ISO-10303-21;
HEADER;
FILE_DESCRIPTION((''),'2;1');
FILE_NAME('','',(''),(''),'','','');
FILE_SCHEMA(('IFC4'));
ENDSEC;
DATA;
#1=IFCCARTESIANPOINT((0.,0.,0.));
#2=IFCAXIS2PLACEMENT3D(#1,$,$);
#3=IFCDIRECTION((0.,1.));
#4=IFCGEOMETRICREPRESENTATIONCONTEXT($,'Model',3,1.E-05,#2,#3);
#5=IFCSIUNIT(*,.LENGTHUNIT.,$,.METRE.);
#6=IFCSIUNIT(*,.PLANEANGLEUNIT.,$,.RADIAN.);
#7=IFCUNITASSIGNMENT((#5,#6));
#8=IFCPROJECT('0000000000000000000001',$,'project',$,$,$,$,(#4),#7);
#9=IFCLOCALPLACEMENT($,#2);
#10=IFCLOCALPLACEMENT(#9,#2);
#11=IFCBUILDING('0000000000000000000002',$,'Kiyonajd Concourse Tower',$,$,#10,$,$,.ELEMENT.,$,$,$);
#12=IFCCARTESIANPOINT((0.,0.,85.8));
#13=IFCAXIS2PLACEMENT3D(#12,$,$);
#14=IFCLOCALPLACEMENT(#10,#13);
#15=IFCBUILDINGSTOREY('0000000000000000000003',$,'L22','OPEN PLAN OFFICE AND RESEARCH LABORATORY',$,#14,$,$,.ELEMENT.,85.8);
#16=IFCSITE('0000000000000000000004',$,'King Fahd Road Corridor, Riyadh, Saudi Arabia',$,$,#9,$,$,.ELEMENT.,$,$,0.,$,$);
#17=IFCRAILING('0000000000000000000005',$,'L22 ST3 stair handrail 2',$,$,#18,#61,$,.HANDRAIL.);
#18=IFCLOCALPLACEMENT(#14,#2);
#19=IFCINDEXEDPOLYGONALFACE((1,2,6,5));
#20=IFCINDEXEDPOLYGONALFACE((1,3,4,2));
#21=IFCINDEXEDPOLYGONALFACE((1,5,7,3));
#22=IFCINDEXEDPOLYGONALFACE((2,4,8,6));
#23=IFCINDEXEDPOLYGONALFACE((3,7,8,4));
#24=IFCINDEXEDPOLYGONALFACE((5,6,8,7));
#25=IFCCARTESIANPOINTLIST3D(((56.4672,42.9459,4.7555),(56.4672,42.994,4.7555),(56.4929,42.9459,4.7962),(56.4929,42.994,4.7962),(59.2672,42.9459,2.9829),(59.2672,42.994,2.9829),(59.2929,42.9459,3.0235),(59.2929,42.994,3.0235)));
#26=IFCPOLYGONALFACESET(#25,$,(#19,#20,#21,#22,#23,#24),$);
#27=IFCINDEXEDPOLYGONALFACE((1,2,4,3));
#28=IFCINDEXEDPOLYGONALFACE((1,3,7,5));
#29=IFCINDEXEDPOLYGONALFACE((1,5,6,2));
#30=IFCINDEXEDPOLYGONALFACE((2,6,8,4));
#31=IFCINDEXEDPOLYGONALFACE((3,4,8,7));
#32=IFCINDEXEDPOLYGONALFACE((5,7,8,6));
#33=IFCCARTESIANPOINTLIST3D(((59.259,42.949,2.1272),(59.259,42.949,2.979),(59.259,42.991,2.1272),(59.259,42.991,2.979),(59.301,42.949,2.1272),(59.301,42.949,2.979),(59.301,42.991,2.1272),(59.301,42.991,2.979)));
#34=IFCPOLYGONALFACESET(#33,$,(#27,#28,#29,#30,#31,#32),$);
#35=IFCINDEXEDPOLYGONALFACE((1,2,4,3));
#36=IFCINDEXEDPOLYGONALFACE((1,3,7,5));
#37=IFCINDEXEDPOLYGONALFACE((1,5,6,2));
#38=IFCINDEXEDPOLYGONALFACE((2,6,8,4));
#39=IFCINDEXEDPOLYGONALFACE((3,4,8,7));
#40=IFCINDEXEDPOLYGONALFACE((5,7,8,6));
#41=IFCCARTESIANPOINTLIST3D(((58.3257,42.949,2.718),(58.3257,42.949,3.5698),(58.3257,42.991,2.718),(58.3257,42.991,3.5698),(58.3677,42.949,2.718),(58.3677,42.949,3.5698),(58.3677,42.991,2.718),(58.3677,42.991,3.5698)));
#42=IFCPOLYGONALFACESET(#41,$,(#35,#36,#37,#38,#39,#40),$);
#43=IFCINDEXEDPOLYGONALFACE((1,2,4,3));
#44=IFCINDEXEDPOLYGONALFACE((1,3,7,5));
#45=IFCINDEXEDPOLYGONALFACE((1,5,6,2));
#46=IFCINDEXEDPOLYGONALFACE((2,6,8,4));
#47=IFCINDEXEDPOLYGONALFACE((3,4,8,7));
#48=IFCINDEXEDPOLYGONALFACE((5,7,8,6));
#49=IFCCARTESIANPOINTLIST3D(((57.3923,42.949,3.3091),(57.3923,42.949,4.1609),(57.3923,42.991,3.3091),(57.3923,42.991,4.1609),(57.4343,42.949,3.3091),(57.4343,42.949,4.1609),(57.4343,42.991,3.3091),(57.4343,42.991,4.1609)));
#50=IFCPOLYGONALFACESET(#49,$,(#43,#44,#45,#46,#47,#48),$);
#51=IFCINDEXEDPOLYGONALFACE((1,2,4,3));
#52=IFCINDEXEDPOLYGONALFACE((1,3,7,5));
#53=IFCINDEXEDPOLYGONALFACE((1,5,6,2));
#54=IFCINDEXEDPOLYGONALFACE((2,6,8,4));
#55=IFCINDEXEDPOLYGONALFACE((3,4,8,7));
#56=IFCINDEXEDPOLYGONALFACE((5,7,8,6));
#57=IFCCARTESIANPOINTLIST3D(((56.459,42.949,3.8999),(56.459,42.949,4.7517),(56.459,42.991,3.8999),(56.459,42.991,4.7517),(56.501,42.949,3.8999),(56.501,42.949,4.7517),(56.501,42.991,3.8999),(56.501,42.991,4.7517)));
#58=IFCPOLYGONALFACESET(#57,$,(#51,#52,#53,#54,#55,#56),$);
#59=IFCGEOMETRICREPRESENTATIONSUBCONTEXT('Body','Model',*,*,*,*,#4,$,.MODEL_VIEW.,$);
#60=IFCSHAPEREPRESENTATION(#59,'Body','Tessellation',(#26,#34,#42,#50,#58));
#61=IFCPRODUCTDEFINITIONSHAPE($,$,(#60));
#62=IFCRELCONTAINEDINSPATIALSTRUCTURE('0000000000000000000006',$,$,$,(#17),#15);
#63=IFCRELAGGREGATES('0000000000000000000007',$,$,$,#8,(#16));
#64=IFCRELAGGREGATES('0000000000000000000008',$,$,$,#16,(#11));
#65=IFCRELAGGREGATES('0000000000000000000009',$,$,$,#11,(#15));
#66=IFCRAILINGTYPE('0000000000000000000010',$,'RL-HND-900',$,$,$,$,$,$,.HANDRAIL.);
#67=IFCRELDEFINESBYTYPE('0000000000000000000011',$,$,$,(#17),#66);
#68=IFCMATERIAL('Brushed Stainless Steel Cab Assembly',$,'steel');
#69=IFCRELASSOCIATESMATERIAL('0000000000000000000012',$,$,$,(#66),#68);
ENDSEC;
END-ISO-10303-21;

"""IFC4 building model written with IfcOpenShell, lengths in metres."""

from ifc_helpers import new_model, si_unit, direction, frame, origin, origin_2d, place, context, subcontext, project, spatial, rectangle, extrude, material, type_object, element, save


model = new_model("IFC4")

# Units and contexts
model_context = context("Model", 3, precision=1e-05, world=origin(), true_north=direction((0.0, 1.0)))
body_context = subcontext(model_context, "Body", "Model", "MODEL_VIEW")
ifc_project = project(units=[si_unit("LENGTHUNIT", "METRE"), si_unit("PLANEANGLEUNIT", "RADIAN")], contexts=[model_context])

# Site, building, storey
site_placement = place(None, origin())
site = spatial("IfcSite", under=ifc_project, at=site_placement, Name="King Fahd Road Corridor, Riyadh, Saudi Arabia", CompositionType="ELEMENT", RefElevation=0.0)
building_placement = place(site_placement, origin())
building = spatial("IfcBuilding", under=site, at=building_placement, Name="Kiyonajd Concourse Tower", CompositionType="ELEMENT")
storey_placement = place(building_placement, frame((0.0, 0.0, 85.8)))
storey = spatial("IfcBuildingStorey", under=building, at=storey_placement, Name="L22", Description="OPEN PLAN OFFICE AND RESEARCH LABORATORY", CompositionType="ELEMENT", Elevation=85.8)

# Shared definitions
ifc_material_1 = material(Name="Brushed Stainless Steel Cab Assembly", Category="steel")

# Railing
railing_type_1 = type_object("IfcRailingType", Name="RL-HND-900", PredefinedType="HANDRAIL", material=ifc_material_1)
railing_1_placement = place(storey_placement, frame((59.28, 42.97, 2.1272)))
element("IfcRailing", 1, at=railing_1_placement, inside=storey, type_object=railing_type_1, Name="L22 ST3 stair handrail 2", PredefinedType="HANDRAIL", context=body_context, shape_type="SweptSolid", body=[
    extrude(rectangle(XDim=0.0481, YDim=0.0481, at=origin_2d()), frame((0.0, 0.0, 0.876), z_axis=(-0.844909, 0.0, 0.53491), x_axis=(0.0, -1.0, 0.0)), (0.0, 0.0, 1.0), 3.314),
    extrude(rectangle(XDim=0.042, YDim=0.042, at=origin_2d()), origin(), (0.0, 0.0, 1.0), 0.8518),
    extrude(rectangle(XDim=0.042, YDim=0.042, at=origin_2d()), frame((-0.9333, 0.0, 0.5908)), (0.0, 0.0, 1.0), 0.8518),
    extrude(rectangle(XDim=0.042, YDim=0.042, at=origin_2d()), frame((-1.8667, 0.0, 1.1819)), (0.0, 0.0, 1.0), 0.8518),
    extrude(rectangle(XDim=0.042, YDim=0.042, at=origin_2d()), frame((-2.8, 0.0, 1.7727)), (0.0, 0.0, 1.0), 0.8518),
])

save(model, "model.ifc")
